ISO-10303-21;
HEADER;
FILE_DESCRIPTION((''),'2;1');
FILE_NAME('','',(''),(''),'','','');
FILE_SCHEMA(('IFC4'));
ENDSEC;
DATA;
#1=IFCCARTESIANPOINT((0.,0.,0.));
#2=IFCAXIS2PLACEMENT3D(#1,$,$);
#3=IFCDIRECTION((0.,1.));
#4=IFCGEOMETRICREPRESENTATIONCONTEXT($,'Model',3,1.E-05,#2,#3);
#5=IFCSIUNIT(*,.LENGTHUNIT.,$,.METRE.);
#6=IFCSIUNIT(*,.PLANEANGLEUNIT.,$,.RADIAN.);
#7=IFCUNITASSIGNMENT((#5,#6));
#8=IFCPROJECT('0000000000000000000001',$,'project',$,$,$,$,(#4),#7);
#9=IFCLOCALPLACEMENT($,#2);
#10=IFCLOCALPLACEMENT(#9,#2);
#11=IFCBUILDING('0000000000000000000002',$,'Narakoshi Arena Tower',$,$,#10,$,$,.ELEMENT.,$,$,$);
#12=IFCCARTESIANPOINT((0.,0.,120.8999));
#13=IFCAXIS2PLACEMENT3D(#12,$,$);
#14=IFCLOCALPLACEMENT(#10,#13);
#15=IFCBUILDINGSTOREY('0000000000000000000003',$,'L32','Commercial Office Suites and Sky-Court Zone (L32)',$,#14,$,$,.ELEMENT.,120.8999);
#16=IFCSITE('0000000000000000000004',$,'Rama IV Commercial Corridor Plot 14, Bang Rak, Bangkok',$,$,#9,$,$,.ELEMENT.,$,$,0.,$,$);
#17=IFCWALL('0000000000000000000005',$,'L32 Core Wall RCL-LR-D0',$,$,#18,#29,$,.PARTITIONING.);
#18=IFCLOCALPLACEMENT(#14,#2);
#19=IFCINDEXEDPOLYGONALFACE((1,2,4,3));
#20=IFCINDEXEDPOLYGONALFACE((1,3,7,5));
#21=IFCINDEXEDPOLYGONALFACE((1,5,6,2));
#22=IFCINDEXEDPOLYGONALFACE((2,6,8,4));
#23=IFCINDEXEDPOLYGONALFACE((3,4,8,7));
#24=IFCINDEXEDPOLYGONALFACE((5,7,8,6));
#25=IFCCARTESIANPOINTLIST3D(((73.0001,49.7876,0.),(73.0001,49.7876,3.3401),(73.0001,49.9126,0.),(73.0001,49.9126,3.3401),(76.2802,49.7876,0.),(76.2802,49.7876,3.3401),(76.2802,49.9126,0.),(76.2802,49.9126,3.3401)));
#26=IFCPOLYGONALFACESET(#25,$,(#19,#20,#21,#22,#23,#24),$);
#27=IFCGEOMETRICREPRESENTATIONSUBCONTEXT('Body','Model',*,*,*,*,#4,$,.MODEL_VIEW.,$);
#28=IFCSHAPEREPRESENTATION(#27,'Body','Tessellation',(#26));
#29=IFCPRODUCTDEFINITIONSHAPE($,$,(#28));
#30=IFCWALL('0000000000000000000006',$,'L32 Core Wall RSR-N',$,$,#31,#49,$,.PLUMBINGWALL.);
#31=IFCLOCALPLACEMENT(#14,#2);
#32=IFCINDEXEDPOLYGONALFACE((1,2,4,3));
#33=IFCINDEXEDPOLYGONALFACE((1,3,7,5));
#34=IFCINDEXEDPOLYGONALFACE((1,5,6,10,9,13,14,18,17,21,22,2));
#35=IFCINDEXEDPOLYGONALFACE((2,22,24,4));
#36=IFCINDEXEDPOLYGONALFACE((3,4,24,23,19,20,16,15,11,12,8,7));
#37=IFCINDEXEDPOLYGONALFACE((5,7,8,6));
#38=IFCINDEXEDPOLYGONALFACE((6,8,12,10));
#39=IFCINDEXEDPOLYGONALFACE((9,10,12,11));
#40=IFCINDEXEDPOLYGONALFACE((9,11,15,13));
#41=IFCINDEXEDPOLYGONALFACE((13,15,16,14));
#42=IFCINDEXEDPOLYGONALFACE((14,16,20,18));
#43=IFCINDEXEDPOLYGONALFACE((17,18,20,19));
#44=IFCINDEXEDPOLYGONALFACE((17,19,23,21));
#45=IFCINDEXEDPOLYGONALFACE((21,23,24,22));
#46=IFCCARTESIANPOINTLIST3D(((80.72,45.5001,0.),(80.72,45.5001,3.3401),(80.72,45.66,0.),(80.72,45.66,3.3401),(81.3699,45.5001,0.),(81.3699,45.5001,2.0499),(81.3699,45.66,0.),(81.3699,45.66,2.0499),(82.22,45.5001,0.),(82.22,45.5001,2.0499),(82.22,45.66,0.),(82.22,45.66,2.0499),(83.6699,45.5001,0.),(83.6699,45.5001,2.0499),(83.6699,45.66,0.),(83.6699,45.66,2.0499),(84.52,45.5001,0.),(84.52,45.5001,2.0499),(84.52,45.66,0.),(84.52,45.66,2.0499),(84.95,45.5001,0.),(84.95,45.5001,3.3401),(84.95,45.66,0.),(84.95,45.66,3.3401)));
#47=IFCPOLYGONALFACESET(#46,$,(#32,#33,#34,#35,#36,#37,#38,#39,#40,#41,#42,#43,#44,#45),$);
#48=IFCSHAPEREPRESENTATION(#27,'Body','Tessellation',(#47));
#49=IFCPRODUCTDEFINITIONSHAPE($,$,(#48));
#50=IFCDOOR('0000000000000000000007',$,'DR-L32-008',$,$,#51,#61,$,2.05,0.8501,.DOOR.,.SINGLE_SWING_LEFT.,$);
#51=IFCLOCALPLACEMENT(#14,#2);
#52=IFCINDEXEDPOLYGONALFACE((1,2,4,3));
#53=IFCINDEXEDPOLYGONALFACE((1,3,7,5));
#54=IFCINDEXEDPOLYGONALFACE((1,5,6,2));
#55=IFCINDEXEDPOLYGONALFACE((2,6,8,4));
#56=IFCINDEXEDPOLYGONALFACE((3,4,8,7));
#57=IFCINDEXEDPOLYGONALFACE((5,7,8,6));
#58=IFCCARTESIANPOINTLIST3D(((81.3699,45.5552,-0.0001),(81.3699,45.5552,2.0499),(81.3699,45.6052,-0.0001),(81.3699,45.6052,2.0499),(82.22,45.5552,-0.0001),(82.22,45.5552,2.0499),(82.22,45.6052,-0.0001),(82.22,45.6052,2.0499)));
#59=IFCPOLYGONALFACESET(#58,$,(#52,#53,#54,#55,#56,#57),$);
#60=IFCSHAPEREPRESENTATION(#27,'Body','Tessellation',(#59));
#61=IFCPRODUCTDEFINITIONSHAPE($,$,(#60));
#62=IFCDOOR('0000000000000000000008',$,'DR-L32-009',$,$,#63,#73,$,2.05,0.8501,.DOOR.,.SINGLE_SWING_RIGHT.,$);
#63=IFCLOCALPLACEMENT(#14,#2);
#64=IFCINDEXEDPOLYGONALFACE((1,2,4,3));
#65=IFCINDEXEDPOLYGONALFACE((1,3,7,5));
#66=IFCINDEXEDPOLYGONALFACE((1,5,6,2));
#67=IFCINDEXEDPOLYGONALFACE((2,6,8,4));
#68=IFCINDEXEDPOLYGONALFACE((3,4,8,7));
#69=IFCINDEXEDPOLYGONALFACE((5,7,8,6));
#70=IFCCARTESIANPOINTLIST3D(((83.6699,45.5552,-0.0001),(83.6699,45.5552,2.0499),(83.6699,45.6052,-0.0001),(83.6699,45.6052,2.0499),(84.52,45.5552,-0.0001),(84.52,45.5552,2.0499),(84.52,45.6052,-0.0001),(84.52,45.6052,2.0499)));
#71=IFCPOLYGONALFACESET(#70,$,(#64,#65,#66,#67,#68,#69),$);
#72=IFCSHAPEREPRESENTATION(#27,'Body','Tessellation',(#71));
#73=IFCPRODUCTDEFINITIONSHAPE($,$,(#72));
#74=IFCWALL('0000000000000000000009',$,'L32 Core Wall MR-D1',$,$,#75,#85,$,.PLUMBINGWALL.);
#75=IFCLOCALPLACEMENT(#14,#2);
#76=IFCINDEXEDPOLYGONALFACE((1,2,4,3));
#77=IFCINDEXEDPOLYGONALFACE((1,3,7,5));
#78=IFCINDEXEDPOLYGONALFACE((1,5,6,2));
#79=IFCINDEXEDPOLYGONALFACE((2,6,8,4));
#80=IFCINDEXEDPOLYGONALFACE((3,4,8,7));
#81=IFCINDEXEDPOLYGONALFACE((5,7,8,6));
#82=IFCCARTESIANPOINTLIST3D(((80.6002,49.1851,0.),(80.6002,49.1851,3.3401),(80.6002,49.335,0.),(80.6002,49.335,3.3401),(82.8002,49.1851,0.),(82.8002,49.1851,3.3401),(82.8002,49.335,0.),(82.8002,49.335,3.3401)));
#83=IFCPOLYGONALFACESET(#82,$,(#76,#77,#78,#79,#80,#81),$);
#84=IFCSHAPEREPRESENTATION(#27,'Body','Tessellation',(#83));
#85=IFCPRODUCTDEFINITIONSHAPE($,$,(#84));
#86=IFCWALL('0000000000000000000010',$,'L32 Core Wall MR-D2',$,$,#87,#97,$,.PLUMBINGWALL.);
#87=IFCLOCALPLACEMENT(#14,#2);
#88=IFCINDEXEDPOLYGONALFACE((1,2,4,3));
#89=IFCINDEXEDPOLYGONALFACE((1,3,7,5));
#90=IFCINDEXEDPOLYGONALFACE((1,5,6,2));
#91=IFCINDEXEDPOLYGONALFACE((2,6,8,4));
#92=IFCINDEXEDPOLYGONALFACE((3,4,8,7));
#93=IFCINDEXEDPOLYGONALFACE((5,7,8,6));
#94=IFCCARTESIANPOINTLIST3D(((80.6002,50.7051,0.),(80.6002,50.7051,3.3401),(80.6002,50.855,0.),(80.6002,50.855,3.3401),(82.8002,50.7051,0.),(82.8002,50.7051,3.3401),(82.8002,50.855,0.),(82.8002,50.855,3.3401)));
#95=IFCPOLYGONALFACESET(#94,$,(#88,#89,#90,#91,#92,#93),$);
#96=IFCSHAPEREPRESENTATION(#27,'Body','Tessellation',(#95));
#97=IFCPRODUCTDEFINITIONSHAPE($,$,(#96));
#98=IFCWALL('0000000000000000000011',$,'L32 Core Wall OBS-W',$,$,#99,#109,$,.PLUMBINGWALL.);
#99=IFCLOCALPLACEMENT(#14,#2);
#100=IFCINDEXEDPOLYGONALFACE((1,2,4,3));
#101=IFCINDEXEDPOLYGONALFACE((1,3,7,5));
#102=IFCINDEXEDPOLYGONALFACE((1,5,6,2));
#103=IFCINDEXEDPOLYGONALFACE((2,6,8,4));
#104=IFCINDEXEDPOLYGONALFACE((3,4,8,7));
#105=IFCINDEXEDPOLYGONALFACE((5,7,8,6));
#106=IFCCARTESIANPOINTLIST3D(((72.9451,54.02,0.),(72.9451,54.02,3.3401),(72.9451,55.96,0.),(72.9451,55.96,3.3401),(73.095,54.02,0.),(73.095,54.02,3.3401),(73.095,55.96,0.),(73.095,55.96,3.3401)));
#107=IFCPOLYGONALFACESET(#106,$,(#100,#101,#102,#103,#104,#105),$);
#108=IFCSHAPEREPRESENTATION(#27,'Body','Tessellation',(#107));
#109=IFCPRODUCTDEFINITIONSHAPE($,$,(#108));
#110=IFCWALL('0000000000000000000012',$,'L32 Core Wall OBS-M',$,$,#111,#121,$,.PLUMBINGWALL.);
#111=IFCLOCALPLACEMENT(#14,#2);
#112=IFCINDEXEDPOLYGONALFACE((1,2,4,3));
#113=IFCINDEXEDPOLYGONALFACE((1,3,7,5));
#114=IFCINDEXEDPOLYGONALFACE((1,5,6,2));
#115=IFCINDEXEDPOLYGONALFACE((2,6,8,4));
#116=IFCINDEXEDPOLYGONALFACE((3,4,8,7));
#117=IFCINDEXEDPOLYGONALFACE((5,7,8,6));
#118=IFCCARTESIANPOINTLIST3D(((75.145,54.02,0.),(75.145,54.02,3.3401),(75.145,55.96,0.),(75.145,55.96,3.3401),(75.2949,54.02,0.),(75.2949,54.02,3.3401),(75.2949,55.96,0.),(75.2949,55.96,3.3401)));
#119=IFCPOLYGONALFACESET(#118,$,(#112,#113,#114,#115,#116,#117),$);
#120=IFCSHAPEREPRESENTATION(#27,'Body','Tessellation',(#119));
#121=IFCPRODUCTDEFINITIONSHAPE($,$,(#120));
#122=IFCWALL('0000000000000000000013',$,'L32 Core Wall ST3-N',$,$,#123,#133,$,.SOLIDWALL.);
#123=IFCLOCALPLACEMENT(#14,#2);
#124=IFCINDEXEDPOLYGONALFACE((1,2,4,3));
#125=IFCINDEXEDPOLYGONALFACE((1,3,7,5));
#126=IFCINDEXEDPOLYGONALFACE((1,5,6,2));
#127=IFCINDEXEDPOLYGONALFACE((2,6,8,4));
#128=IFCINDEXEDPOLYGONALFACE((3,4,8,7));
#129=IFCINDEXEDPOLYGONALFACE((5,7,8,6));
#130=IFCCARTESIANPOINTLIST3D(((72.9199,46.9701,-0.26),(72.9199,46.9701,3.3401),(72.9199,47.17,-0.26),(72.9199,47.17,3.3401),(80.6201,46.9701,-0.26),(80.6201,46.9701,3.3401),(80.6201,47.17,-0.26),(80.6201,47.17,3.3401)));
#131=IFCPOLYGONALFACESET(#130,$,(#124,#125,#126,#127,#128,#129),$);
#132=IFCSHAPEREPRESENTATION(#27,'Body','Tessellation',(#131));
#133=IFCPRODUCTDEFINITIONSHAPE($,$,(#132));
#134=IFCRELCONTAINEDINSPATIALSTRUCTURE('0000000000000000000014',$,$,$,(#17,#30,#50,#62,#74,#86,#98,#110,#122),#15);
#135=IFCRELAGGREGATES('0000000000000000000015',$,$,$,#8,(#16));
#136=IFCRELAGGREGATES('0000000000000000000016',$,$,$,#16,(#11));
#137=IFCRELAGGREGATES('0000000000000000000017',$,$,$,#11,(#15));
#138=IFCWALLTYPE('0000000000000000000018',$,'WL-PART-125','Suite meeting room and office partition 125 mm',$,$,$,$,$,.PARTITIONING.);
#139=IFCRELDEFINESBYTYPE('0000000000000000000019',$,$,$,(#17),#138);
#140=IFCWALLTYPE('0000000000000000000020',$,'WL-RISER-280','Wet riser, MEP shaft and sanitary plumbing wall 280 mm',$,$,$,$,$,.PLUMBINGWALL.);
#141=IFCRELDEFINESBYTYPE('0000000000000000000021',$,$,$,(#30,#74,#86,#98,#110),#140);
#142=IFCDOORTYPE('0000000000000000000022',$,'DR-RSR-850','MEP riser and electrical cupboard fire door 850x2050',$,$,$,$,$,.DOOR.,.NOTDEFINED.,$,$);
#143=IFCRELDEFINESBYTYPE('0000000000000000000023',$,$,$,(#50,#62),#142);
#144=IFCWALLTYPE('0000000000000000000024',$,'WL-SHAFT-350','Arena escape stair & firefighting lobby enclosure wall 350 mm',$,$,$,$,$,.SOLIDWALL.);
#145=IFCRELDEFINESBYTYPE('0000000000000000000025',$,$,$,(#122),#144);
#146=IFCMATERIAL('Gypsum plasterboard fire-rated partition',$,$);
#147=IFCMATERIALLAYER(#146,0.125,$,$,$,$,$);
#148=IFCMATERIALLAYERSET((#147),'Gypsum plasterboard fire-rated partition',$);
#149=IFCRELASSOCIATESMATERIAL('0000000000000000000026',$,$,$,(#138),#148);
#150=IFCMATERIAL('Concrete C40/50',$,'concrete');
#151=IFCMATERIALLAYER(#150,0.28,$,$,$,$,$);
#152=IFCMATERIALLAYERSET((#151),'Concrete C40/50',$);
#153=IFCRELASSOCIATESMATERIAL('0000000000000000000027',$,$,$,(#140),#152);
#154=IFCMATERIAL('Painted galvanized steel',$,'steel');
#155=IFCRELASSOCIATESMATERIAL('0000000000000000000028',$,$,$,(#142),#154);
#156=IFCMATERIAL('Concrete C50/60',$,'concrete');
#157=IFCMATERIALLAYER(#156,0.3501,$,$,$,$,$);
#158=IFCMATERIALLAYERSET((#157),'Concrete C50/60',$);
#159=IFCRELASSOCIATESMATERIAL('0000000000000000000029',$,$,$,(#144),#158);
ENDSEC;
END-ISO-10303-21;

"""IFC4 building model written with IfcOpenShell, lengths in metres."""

from ifc_helpers import new_model, si_unit, direction, frame, frame_2d, origin, place, context, subcontext, project, spatial, rectangle, extrude, material, layer, layer_set, type_object, element, fill, save


model = new_model("IFC4")

# Units and contexts
model_context = context("Model", 3, precision=1e-05, world=origin(), true_north=direction((0.0, 1.0)))
body_context = subcontext(model_context, "Body", "Model", "MODEL_VIEW")
ifc_project = project(units=[si_unit("LENGTHUNIT", "METRE"), si_unit("PLANEANGLEUNIT", "RADIAN")], contexts=[model_context])

# Site, building, storey
site_placement = place(None, origin())
site = spatial("IfcSite", under=ifc_project, at=site_placement, Name="Rama IV Commercial Corridor Plot 14, Bang Rak, Bangkok", CompositionType="ELEMENT", RefElevation=0.0)
building_placement = place(site_placement, origin())
building = spatial("IfcBuilding", under=site, at=building_placement, Name="Narakoshi Arena Tower", CompositionType="ELEMENT")
storey_placement = place(building_placement, frame((0.0, 0.0, 120.8999)))
storey = spatial("IfcBuildingStorey", under=building, at=storey_placement, Name="L32", Description="Commercial Office Suites and Sky-Court Zone (L32)", CompositionType="ELEMENT", Elevation=120.8999)

# Wall
ifc_material_1 = material(Name="Gypsum plasterboard fire-rated partition")
ifc_layer_1 = layer(ifc_material_1, 0.125)
ifc_layer_set_1 = layer_set([ifc_layer_1], Name="Gypsum plasterboard fire-rated partition")
wall_type_1 = type_object("IfcWallType", Name="WL-PART-125", Description="Suite meeting room and office partition 125 mm", PredefinedType="PARTITIONING", material=ifc_layer_set_1)
wall_1_placement = place(storey_placement, frame((73.0, 49.8501, 0.0), z_axis=(0.0, 0.0, 1.0), x_axis=(1.0, 0.0, 0.0)))
element("IfcWall", 1, at=wall_1_placement, inside=storey, type_object=wall_type_1, Name="L32 Core Wall RCL-LR-D0", PredefinedType="PARTITIONING", context=body_context, shape_type="SweptSolid", body=[
    extrude(rectangle(XDim=3.28, YDim=0.125, at=frame_2d((1.6401, 0.0))), origin(), (0.0, 0.0, 1.0), 3.3401),
])

# Wall, openings, doors
ifc_material_2 = material(Name="Concrete C40/50", Category="concrete")
ifc_layer_2 = layer(ifc_material_2, 0.28)
ifc_layer_set_2 = layer_set([ifc_layer_2], Name="Concrete C40/50")
wall_type_2 = type_object("IfcWallType", Name="WL-RISER-280", Description="Wet riser, MEP shaft and sanitary plumbing wall 280 mm", PredefinedType="PLUMBINGWALL", material=ifc_layer_set_2)
wall_2_placement = place(storey_placement, frame((80.72, 45.5801, 0.0), z_axis=(0.0, 0.0, 1.0), x_axis=(1.0, 0.0, 0.0)))
wall_2 = element("IfcWall", 2, at=wall_2_placement, inside=storey, type_object=wall_type_2, Name="L32 Core Wall RSR-N", PredefinedType="PLUMBINGWALL", context=body_context, shape_type="SweptSolid", body=[
    extrude(rectangle(XDim=4.23, YDim=0.1599, at=frame_2d((2.115, 0.0))), origin(), (0.0, 0.0, 1.0), 3.3401),
])
opening_1_placement = place(wall_2_placement, frame((0.6499, 0.0, 0.0)))
opening_1 = element("IfcOpeningElement", 3, at=opening_1_placement, cuts=wall_2, PredefinedType="OPENING", context=body_context, shape_type="SweptSolid", body=[
    extrude(rectangle(XDim=0.8501, YDim=2.05, at=frame_2d((0.425, 1.0249))), frame((0.0, 0.0898, 0.0), z_axis=(0.0, -1.0, 0.0), x_axis=(1.0, 0.0, 0.0)), (0.0, 0.0, 1.0), 0.1799),
])
opening_2_placement = place(wall_2_placement, frame((2.95, 0.0, 0.0)))
opening_2 = element("IfcOpeningElement", 4, at=opening_2_placement, cuts=wall_2, PredefinedType="OPENING", context=body_context, shape_type="SweptSolid", body=[
    extrude(rectangle(XDim=0.8501, YDim=2.05, at=frame_2d((0.425, 1.0249))), frame((0.0, 0.0898, 0.0), z_axis=(0.0, -1.0, 0.0), x_axis=(1.0, 0.0, 0.0)), (0.0, 0.0, 1.0), 0.1799),
])
ifc_material_3 = material(Name="Painted galvanized steel", Category="steel")
door_type_1 = type_object("IfcDoorType", Name="DR-RSR-850", Description="MEP riser and electrical cupboard fire door 850x2050", OperationType="NOTDEFINED", PredefinedType="DOOR", material=ifc_material_3)
door_1_placement = place(opening_1_placement, frame((0.8501, 0.0, 0.0), z_axis=(0.0, 0.0, 1.0), x_axis=(-1.0, 0.0, 0.0)))
door_1 = element("IfcDoor", 5, at=door_1_placement, inside=storey, type_object=door_type_1, Name="DR-L32-008", OperationType="SINGLE_SWING_LEFT", OverallHeight=2.05, OverallWidth=0.8501, PredefinedType="DOOR", context=body_context, shape_type="SweptSolid", body=[
    extrude(rectangle(XDim=0.8501, YDim=2.05, at=frame_2d((0.425, 1.0249))), frame((0.0, 0.0249, 0.0), z_axis=(0.0, -1.0, 0.0), x_axis=(1.0, 0.0, 0.0)), (0.0, 0.0, 1.0), 0.05),
])
fill(opening_1, door_1)
door_2_placement = place(opening_2_placement, frame((0.8501, 0.0, 0.0), z_axis=(0.0, 0.0, 1.0), x_axis=(-1.0, 0.0, 0.0)))
door_2 = element("IfcDoor", 6, at=door_2_placement, inside=storey, type_object=door_type_1, Name="DR-L32-009", OperationType="SINGLE_SWING_RIGHT", OverallHeight=2.05, OverallWidth=0.8501, PredefinedType="DOOR", context=body_context, shape_type="SweptSolid", body=[
    extrude(rectangle(XDim=0.8501, YDim=2.05, at=frame_2d((0.425, 1.0249))), frame((0.0, 0.0249, 0.0), z_axis=(0.0, -1.0, 0.0), x_axis=(1.0, 0.0, 0.0)), (0.0, 0.0, 1.0), 0.05),
])
fill(opening_2, door_2)

# Walls
for number, where, z_axis, x_axis, name in (
    (7, (80.6001, 49.26, 0.0), (0.0, 0.0, 1.0), (1.0, 0.0, 0.0), "L32 Core Wall MR-D1"),
    (8, (80.6001, 50.78, 0.0), (0.0, 0.0, 1.0), (1.0, 0.0, 0.0), "L32 Core Wall MR-D2"),
):
    element("IfcWall", number, at=place(storey_placement, frame(where, z_axis=z_axis, x_axis=x_axis)), inside=storey, type_object=wall_type_2, Name=name, PredefinedType="PLUMBINGWALL", context=body_context, shape_type="SweptSolid", body=[
        extrude(rectangle(XDim=2.2, YDim=0.1499, at=frame_2d((1.1001, 0.0))), origin(), (0.0, 0.0, 1.0), 3.3401),
    ])
for number, where, z_axis, x_axis, name in (
    (9, (73.02, 54.02, 0.0), (0.0, 0.0, 1.0), (0.0, 1.0, 0.0), "L32 Core Wall OBS-W"),
    (10, (75.22, 54.02, 0.0), (0.0, 0.0, 1.0), (0.0, 1.0, 0.0), "L32 Core Wall OBS-M"),
):
    element("IfcWall", number, at=place(storey_placement, frame(where, z_axis=z_axis, x_axis=x_axis)), inside=storey, type_object=wall_type_2, Name=name, PredefinedType="PLUMBINGWALL", context=body_context, shape_type="SweptSolid", body=[
        extrude(rectangle(XDim=1.9399, YDim=0.1499, at=frame_2d((0.97, 0.0))), origin(), (0.0, 0.0, 1.0), 3.3401),
    ])
ifc_material_4 = material(Name="Concrete C50/60", Category="concrete")
ifc_layer_3 = layer(ifc_material_4, 0.3501)
ifc_layer_set_3 = layer_set([ifc_layer_3], Name="Concrete C50/60")
wall_type_3 = type_object("IfcWallType", Name="WL-SHAFT-350", Description="Arena escape stair & firefighting lobby enclosure wall 350 mm", PredefinedType="SOLIDWALL", material=ifc_layer_set_3)
wall_3_placement = place(storey_placement, frame((72.9199, 47.0701, -0.26), z_axis=(0.0, 0.0, 1.0), x_axis=(1.0, 0.0, 0.0)))
element("IfcWall", 11, at=wall_3_placement, inside=storey, type_object=wall_type_3, Name="L32 Core Wall ST3-N", PredefinedType="SOLIDWALL", context=body_context, shape_type="SweptSolid", body=[
    extrude(rectangle(XDim=7.7002, YDim=0.2, at=frame_2d((3.8501, 0.0))), origin(), (0.0, 0.0, 1.0), 3.6001),
])

save(model, "model.ifc")
